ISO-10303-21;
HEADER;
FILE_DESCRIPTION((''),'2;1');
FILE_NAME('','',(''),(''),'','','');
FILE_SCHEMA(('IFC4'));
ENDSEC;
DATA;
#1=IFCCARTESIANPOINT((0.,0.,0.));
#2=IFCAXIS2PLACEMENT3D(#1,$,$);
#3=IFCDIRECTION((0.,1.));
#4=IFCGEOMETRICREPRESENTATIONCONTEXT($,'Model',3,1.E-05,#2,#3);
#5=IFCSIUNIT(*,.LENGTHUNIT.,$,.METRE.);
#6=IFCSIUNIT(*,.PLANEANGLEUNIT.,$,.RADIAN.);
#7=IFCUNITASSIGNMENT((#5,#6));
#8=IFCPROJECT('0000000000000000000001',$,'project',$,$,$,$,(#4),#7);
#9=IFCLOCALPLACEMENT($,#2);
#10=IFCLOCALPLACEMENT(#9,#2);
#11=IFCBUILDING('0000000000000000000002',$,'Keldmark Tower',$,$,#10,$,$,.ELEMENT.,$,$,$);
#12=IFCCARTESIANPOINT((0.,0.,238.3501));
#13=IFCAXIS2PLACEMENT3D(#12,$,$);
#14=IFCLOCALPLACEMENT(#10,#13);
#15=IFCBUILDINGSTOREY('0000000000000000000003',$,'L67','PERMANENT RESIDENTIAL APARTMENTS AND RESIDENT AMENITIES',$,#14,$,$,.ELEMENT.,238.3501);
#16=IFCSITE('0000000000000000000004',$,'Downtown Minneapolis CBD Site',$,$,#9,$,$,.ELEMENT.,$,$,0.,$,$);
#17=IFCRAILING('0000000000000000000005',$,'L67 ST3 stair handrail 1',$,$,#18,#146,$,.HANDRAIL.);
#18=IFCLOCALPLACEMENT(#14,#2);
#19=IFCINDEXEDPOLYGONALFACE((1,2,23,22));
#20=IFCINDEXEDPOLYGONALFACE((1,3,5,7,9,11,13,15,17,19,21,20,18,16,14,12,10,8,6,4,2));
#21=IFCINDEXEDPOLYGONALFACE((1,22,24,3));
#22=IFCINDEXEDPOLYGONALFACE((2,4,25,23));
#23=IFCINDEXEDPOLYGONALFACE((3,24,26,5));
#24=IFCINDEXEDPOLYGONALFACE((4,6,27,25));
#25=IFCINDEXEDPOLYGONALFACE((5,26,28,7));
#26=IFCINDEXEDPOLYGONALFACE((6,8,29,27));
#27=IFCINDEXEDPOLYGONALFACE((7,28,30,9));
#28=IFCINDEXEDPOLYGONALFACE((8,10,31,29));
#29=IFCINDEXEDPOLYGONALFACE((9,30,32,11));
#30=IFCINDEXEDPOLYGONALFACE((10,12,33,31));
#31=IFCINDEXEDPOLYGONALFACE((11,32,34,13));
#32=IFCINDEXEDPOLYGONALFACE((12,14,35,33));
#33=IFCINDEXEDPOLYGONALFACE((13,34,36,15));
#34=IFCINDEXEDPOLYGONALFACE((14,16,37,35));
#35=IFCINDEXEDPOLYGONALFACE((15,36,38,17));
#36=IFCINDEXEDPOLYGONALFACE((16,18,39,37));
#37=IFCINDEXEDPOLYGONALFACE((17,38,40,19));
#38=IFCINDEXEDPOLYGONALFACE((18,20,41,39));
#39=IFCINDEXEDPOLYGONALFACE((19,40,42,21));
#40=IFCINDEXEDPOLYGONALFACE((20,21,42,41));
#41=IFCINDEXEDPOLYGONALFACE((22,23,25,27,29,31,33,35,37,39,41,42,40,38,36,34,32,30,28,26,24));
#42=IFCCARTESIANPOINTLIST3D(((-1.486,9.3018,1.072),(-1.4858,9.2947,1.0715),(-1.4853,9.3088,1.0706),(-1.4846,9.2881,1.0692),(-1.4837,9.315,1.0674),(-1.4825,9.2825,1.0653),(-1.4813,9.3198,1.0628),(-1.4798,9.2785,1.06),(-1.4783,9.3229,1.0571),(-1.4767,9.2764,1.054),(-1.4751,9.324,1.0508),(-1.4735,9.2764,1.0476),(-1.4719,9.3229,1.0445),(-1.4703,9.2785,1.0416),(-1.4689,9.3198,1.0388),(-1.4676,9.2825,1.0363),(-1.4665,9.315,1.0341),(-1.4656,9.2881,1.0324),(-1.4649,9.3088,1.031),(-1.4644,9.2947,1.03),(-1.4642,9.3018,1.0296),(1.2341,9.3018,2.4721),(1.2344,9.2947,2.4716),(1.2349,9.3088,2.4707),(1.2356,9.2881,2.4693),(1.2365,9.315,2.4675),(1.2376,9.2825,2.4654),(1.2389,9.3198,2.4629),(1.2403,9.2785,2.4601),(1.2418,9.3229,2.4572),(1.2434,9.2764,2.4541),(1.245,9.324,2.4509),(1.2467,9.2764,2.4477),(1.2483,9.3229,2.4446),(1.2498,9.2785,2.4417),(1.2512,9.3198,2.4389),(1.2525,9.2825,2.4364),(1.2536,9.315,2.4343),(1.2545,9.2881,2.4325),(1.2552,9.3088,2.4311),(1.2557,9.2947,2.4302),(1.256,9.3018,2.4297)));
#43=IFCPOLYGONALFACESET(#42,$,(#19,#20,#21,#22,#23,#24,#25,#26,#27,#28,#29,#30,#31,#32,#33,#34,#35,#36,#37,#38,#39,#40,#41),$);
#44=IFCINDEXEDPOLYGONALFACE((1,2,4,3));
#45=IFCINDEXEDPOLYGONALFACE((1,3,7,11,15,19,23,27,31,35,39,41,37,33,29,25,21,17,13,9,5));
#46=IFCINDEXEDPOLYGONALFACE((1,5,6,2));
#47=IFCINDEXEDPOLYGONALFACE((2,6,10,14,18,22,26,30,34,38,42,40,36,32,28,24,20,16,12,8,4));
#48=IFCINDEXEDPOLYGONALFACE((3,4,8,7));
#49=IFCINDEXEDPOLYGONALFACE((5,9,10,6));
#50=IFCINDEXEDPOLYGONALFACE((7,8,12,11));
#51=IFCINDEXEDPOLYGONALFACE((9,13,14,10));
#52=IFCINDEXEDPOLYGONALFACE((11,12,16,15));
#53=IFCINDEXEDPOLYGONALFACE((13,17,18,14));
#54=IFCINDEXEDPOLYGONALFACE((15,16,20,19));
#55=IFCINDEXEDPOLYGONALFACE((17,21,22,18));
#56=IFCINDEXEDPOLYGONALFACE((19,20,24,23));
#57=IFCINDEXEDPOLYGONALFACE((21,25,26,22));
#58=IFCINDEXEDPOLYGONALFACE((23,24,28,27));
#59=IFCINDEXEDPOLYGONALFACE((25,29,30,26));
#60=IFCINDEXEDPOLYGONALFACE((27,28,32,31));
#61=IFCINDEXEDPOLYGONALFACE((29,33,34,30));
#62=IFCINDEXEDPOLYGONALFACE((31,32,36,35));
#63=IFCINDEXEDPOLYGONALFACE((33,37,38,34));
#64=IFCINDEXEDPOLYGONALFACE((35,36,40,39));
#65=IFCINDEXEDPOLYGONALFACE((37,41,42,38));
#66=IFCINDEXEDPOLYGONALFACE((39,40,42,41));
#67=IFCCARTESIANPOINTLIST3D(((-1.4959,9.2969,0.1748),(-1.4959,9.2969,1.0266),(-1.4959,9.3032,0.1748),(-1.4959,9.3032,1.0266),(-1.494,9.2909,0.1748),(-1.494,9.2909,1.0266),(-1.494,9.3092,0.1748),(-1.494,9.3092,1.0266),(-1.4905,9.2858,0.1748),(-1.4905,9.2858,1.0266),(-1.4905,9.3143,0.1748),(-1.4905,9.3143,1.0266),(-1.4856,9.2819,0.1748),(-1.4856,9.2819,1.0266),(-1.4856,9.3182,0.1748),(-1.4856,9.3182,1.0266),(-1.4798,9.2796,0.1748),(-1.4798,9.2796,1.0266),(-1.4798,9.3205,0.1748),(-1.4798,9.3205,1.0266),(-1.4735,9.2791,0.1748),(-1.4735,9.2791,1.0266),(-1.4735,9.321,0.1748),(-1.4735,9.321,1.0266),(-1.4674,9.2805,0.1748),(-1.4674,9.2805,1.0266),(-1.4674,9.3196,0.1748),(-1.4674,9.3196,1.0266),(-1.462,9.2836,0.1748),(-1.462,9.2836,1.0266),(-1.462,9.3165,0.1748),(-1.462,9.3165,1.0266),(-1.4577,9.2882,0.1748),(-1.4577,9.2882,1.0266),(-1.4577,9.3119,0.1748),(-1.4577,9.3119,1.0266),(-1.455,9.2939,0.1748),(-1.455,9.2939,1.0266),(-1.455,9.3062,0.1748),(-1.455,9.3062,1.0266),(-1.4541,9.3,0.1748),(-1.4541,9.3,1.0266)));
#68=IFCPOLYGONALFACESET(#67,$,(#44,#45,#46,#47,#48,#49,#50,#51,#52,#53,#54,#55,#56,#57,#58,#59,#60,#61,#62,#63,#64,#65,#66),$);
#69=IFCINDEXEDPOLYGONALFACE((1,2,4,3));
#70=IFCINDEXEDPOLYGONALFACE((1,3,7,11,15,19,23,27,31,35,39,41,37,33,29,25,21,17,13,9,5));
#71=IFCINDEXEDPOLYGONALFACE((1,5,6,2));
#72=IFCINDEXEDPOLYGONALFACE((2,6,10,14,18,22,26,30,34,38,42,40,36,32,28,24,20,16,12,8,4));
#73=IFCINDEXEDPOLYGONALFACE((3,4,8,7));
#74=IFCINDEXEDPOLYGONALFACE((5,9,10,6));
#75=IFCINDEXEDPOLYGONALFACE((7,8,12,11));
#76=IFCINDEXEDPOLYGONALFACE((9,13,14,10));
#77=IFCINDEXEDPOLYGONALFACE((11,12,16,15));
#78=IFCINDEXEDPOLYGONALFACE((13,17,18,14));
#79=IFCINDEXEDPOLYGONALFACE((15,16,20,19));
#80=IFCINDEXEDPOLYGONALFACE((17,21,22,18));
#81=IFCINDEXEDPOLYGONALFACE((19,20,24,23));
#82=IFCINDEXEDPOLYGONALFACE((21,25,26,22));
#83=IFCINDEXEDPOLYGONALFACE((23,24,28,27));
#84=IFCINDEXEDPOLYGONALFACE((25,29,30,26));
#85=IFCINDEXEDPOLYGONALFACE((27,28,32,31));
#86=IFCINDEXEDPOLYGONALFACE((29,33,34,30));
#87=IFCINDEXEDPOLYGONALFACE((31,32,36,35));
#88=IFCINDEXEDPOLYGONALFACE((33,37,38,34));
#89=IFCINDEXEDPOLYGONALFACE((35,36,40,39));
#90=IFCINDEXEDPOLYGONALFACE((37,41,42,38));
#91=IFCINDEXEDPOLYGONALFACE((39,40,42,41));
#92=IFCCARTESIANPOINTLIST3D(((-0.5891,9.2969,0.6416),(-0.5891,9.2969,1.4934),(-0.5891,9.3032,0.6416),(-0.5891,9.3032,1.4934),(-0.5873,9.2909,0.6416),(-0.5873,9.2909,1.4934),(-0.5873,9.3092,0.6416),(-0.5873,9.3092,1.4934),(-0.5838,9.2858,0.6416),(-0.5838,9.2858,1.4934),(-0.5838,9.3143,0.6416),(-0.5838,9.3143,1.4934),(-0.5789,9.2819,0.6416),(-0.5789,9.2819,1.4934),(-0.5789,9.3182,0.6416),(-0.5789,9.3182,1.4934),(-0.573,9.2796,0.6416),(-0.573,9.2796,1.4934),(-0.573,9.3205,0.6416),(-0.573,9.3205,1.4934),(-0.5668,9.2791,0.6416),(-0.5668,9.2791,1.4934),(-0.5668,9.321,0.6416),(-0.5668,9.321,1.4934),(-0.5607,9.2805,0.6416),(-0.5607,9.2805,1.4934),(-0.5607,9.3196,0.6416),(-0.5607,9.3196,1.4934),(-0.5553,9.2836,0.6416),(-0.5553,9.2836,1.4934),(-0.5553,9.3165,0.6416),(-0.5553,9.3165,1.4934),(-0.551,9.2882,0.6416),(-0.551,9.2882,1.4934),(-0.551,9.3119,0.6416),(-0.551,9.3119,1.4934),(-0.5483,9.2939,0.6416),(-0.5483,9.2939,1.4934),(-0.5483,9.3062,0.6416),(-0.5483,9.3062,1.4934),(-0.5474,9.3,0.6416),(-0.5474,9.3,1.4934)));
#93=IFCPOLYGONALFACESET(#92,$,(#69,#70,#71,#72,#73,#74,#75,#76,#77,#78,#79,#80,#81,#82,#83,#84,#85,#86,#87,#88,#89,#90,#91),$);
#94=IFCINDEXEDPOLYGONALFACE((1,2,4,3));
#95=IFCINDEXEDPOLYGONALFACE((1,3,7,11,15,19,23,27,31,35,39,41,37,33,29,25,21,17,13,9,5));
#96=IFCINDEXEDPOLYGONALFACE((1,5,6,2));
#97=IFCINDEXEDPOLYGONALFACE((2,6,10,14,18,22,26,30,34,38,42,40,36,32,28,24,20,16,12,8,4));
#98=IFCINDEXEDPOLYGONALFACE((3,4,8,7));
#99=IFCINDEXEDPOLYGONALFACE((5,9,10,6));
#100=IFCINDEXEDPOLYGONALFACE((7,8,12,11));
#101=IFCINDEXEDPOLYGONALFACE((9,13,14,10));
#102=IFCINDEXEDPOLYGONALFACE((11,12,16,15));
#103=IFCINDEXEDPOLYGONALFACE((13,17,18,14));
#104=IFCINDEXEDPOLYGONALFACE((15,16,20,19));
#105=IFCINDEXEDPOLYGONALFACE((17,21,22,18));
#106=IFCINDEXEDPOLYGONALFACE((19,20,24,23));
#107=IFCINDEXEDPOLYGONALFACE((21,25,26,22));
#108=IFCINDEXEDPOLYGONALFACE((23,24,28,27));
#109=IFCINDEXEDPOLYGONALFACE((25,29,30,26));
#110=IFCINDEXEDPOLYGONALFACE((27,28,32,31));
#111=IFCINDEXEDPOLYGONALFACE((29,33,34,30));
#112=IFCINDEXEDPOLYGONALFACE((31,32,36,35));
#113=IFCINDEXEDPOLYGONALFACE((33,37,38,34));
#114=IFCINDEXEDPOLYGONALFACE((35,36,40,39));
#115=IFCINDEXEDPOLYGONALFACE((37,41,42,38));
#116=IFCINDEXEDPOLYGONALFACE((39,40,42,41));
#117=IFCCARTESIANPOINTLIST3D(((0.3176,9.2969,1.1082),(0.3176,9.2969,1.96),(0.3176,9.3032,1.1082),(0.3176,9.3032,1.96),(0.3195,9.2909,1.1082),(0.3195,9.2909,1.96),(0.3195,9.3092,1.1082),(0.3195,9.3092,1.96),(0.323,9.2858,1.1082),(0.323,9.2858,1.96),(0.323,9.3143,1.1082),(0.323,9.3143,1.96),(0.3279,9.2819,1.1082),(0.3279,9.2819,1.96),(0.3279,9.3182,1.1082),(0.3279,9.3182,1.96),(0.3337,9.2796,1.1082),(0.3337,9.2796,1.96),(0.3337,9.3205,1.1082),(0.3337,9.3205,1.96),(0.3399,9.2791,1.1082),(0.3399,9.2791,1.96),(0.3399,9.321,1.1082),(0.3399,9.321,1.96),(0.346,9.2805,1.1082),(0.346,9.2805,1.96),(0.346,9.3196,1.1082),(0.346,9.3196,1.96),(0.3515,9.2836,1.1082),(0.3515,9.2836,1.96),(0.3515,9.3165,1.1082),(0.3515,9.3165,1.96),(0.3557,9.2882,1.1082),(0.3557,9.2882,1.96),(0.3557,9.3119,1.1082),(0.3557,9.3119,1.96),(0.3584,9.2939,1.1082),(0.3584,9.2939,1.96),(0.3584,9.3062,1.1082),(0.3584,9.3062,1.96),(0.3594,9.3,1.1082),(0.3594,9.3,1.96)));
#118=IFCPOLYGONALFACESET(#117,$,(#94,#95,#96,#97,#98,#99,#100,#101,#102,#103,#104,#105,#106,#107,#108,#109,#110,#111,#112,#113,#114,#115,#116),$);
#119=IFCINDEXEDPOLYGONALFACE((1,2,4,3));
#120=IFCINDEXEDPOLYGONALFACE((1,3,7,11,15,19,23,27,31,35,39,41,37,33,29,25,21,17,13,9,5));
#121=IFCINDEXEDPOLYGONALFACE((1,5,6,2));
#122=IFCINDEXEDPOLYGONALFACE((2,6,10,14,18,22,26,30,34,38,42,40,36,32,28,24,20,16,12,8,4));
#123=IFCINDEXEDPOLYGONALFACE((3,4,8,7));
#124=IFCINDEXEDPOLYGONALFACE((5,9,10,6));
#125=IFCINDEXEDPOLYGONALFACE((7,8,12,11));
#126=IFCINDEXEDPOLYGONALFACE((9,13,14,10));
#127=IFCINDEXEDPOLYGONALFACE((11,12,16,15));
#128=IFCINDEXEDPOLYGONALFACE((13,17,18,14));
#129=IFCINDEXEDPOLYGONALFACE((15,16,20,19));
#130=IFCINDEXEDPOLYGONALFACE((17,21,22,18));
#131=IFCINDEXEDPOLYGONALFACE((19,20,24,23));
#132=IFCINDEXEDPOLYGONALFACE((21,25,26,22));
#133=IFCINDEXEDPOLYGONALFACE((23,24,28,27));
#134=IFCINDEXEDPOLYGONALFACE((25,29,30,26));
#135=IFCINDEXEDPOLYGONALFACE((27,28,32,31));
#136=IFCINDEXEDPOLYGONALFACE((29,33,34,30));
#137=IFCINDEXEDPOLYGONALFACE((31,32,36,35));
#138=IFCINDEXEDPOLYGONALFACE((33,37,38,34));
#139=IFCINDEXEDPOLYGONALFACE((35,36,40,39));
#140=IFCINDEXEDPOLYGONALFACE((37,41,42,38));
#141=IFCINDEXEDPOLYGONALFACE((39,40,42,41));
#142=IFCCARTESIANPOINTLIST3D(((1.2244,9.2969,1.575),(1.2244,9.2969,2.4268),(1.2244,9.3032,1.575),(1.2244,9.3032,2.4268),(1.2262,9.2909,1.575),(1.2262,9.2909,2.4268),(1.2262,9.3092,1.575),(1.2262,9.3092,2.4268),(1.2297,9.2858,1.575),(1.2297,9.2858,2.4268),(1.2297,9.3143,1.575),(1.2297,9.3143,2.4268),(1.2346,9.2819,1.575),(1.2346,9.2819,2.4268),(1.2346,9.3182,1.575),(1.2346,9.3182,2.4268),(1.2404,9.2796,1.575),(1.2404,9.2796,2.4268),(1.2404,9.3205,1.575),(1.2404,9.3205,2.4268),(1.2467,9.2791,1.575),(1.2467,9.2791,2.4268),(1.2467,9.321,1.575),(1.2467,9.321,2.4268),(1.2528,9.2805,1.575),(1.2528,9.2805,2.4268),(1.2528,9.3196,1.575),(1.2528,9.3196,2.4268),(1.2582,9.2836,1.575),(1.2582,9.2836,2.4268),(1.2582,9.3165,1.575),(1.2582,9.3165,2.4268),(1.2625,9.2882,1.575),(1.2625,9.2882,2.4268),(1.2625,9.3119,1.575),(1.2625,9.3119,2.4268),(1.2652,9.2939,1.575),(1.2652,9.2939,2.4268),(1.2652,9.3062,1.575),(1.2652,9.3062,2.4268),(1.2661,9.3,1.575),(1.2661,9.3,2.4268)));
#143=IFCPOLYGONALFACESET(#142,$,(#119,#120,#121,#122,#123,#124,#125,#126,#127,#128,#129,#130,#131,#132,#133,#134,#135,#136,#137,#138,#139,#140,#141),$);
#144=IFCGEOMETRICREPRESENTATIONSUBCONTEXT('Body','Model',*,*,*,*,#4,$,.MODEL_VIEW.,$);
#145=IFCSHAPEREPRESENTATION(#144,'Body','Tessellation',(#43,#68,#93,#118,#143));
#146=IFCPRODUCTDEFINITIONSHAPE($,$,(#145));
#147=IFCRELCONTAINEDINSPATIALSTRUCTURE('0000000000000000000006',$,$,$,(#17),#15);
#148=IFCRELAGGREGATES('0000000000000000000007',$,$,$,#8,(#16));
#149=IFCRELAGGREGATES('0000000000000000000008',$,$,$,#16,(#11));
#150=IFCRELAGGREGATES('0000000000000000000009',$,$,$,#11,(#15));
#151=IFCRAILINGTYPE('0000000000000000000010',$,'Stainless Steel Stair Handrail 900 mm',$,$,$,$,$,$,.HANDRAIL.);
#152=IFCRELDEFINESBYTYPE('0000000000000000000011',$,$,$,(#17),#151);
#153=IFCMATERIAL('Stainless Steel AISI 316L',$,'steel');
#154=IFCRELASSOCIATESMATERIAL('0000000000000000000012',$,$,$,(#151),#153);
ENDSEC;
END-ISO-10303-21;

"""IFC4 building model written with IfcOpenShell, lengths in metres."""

from ifc_helpers import new_model, si_unit, direction, frame, origin, origin_2d, place, context, subcontext, project, spatial, circle, extrude, material, type_object, element, save


model = new_model("IFC4")

# Units and contexts
model_context = context("Model", 3, precision=1e-05, world=origin(), true_north=direction((0.0, 1.0)))
body_context = subcontext(model_context, "Body", "Model", "MODEL_VIEW")
ifc_project = project(units=[si_unit("LENGTHUNIT", "METRE"), si_unit("PLANEANGLEUNIT", "RADIAN")], contexts=[model_context])

# Site, building, storey
site_placement = place(None, origin())
site = spatial("IfcSite", under=ifc_project, at=site_placement, Name="Downtown Minneapolis CBD Site", CompositionType="ELEMENT", RefElevation=0.0)
building_placement = place(site_placement, origin())
building = spatial("IfcBuilding", under=site, at=building_placement, Name="Keldmark Tower", CompositionType="ELEMENT")
storey_placement = place(building_placement, frame((0.0, 0.0, 238.3501)))
storey = spatial("IfcBuildingStorey", under=building, at=storey_placement, Name="L67", Description="PERMANENT RESIDENTIAL APARTMENTS AND RESIDENT AMENITIES", CompositionType="ELEMENT", Elevation=238.3501)

# Railing
ifc_material_1 = material(Name="Stainless Steel AISI 316L", Category="steel")
railing_type_1 = type_object("IfcRailingType", Name="Stainless Steel Stair Handrail 900 mm", PredefinedType="HANDRAIL", material=ifc_material_1)
railing_1_placement = place(storey_placement, frame((-1.4751, 9.3, 0.1748)))
element("IfcRailing", 1, at=railing_1_placement, inside=storey, type_object=railing_type_1, Name="L67 ST3 stair handrail 1", PredefinedType="HANDRAIL", context=body_context, shape_type="SweptSolid", body=[
    extrude(circle(Radius=0.0239, at=origin_2d()), frame((0.0, 0.0, 0.876), z_axis=(0.889131, 0.0, 0.457653), x_axis=(0.0, 1.0, 0.0)), (0.0, 0.0, 1.0), 3.0593),
    extrude(circle(Radius=0.021, at=origin_2d()), origin(), (0.0, 0.0, 1.0), 0.8518),
    extrude(circle(Radius=0.021, at=origin_2d()), frame((0.9067, 0.0, 0.4668)), (0.0, 0.0, 1.0), 0.8518),
    extrude(circle(Radius=0.021, at=origin_2d()), frame((1.8135, 0.0, 0.9333)), (0.0, 0.0, 1.0), 0.8518),
    extrude(circle(Radius=0.021, at=origin_2d()), frame((2.7202, 0.0, 1.4001)), (0.0, 0.0, 1.0), 0.8518),
])

save(model, "model.ifc")
